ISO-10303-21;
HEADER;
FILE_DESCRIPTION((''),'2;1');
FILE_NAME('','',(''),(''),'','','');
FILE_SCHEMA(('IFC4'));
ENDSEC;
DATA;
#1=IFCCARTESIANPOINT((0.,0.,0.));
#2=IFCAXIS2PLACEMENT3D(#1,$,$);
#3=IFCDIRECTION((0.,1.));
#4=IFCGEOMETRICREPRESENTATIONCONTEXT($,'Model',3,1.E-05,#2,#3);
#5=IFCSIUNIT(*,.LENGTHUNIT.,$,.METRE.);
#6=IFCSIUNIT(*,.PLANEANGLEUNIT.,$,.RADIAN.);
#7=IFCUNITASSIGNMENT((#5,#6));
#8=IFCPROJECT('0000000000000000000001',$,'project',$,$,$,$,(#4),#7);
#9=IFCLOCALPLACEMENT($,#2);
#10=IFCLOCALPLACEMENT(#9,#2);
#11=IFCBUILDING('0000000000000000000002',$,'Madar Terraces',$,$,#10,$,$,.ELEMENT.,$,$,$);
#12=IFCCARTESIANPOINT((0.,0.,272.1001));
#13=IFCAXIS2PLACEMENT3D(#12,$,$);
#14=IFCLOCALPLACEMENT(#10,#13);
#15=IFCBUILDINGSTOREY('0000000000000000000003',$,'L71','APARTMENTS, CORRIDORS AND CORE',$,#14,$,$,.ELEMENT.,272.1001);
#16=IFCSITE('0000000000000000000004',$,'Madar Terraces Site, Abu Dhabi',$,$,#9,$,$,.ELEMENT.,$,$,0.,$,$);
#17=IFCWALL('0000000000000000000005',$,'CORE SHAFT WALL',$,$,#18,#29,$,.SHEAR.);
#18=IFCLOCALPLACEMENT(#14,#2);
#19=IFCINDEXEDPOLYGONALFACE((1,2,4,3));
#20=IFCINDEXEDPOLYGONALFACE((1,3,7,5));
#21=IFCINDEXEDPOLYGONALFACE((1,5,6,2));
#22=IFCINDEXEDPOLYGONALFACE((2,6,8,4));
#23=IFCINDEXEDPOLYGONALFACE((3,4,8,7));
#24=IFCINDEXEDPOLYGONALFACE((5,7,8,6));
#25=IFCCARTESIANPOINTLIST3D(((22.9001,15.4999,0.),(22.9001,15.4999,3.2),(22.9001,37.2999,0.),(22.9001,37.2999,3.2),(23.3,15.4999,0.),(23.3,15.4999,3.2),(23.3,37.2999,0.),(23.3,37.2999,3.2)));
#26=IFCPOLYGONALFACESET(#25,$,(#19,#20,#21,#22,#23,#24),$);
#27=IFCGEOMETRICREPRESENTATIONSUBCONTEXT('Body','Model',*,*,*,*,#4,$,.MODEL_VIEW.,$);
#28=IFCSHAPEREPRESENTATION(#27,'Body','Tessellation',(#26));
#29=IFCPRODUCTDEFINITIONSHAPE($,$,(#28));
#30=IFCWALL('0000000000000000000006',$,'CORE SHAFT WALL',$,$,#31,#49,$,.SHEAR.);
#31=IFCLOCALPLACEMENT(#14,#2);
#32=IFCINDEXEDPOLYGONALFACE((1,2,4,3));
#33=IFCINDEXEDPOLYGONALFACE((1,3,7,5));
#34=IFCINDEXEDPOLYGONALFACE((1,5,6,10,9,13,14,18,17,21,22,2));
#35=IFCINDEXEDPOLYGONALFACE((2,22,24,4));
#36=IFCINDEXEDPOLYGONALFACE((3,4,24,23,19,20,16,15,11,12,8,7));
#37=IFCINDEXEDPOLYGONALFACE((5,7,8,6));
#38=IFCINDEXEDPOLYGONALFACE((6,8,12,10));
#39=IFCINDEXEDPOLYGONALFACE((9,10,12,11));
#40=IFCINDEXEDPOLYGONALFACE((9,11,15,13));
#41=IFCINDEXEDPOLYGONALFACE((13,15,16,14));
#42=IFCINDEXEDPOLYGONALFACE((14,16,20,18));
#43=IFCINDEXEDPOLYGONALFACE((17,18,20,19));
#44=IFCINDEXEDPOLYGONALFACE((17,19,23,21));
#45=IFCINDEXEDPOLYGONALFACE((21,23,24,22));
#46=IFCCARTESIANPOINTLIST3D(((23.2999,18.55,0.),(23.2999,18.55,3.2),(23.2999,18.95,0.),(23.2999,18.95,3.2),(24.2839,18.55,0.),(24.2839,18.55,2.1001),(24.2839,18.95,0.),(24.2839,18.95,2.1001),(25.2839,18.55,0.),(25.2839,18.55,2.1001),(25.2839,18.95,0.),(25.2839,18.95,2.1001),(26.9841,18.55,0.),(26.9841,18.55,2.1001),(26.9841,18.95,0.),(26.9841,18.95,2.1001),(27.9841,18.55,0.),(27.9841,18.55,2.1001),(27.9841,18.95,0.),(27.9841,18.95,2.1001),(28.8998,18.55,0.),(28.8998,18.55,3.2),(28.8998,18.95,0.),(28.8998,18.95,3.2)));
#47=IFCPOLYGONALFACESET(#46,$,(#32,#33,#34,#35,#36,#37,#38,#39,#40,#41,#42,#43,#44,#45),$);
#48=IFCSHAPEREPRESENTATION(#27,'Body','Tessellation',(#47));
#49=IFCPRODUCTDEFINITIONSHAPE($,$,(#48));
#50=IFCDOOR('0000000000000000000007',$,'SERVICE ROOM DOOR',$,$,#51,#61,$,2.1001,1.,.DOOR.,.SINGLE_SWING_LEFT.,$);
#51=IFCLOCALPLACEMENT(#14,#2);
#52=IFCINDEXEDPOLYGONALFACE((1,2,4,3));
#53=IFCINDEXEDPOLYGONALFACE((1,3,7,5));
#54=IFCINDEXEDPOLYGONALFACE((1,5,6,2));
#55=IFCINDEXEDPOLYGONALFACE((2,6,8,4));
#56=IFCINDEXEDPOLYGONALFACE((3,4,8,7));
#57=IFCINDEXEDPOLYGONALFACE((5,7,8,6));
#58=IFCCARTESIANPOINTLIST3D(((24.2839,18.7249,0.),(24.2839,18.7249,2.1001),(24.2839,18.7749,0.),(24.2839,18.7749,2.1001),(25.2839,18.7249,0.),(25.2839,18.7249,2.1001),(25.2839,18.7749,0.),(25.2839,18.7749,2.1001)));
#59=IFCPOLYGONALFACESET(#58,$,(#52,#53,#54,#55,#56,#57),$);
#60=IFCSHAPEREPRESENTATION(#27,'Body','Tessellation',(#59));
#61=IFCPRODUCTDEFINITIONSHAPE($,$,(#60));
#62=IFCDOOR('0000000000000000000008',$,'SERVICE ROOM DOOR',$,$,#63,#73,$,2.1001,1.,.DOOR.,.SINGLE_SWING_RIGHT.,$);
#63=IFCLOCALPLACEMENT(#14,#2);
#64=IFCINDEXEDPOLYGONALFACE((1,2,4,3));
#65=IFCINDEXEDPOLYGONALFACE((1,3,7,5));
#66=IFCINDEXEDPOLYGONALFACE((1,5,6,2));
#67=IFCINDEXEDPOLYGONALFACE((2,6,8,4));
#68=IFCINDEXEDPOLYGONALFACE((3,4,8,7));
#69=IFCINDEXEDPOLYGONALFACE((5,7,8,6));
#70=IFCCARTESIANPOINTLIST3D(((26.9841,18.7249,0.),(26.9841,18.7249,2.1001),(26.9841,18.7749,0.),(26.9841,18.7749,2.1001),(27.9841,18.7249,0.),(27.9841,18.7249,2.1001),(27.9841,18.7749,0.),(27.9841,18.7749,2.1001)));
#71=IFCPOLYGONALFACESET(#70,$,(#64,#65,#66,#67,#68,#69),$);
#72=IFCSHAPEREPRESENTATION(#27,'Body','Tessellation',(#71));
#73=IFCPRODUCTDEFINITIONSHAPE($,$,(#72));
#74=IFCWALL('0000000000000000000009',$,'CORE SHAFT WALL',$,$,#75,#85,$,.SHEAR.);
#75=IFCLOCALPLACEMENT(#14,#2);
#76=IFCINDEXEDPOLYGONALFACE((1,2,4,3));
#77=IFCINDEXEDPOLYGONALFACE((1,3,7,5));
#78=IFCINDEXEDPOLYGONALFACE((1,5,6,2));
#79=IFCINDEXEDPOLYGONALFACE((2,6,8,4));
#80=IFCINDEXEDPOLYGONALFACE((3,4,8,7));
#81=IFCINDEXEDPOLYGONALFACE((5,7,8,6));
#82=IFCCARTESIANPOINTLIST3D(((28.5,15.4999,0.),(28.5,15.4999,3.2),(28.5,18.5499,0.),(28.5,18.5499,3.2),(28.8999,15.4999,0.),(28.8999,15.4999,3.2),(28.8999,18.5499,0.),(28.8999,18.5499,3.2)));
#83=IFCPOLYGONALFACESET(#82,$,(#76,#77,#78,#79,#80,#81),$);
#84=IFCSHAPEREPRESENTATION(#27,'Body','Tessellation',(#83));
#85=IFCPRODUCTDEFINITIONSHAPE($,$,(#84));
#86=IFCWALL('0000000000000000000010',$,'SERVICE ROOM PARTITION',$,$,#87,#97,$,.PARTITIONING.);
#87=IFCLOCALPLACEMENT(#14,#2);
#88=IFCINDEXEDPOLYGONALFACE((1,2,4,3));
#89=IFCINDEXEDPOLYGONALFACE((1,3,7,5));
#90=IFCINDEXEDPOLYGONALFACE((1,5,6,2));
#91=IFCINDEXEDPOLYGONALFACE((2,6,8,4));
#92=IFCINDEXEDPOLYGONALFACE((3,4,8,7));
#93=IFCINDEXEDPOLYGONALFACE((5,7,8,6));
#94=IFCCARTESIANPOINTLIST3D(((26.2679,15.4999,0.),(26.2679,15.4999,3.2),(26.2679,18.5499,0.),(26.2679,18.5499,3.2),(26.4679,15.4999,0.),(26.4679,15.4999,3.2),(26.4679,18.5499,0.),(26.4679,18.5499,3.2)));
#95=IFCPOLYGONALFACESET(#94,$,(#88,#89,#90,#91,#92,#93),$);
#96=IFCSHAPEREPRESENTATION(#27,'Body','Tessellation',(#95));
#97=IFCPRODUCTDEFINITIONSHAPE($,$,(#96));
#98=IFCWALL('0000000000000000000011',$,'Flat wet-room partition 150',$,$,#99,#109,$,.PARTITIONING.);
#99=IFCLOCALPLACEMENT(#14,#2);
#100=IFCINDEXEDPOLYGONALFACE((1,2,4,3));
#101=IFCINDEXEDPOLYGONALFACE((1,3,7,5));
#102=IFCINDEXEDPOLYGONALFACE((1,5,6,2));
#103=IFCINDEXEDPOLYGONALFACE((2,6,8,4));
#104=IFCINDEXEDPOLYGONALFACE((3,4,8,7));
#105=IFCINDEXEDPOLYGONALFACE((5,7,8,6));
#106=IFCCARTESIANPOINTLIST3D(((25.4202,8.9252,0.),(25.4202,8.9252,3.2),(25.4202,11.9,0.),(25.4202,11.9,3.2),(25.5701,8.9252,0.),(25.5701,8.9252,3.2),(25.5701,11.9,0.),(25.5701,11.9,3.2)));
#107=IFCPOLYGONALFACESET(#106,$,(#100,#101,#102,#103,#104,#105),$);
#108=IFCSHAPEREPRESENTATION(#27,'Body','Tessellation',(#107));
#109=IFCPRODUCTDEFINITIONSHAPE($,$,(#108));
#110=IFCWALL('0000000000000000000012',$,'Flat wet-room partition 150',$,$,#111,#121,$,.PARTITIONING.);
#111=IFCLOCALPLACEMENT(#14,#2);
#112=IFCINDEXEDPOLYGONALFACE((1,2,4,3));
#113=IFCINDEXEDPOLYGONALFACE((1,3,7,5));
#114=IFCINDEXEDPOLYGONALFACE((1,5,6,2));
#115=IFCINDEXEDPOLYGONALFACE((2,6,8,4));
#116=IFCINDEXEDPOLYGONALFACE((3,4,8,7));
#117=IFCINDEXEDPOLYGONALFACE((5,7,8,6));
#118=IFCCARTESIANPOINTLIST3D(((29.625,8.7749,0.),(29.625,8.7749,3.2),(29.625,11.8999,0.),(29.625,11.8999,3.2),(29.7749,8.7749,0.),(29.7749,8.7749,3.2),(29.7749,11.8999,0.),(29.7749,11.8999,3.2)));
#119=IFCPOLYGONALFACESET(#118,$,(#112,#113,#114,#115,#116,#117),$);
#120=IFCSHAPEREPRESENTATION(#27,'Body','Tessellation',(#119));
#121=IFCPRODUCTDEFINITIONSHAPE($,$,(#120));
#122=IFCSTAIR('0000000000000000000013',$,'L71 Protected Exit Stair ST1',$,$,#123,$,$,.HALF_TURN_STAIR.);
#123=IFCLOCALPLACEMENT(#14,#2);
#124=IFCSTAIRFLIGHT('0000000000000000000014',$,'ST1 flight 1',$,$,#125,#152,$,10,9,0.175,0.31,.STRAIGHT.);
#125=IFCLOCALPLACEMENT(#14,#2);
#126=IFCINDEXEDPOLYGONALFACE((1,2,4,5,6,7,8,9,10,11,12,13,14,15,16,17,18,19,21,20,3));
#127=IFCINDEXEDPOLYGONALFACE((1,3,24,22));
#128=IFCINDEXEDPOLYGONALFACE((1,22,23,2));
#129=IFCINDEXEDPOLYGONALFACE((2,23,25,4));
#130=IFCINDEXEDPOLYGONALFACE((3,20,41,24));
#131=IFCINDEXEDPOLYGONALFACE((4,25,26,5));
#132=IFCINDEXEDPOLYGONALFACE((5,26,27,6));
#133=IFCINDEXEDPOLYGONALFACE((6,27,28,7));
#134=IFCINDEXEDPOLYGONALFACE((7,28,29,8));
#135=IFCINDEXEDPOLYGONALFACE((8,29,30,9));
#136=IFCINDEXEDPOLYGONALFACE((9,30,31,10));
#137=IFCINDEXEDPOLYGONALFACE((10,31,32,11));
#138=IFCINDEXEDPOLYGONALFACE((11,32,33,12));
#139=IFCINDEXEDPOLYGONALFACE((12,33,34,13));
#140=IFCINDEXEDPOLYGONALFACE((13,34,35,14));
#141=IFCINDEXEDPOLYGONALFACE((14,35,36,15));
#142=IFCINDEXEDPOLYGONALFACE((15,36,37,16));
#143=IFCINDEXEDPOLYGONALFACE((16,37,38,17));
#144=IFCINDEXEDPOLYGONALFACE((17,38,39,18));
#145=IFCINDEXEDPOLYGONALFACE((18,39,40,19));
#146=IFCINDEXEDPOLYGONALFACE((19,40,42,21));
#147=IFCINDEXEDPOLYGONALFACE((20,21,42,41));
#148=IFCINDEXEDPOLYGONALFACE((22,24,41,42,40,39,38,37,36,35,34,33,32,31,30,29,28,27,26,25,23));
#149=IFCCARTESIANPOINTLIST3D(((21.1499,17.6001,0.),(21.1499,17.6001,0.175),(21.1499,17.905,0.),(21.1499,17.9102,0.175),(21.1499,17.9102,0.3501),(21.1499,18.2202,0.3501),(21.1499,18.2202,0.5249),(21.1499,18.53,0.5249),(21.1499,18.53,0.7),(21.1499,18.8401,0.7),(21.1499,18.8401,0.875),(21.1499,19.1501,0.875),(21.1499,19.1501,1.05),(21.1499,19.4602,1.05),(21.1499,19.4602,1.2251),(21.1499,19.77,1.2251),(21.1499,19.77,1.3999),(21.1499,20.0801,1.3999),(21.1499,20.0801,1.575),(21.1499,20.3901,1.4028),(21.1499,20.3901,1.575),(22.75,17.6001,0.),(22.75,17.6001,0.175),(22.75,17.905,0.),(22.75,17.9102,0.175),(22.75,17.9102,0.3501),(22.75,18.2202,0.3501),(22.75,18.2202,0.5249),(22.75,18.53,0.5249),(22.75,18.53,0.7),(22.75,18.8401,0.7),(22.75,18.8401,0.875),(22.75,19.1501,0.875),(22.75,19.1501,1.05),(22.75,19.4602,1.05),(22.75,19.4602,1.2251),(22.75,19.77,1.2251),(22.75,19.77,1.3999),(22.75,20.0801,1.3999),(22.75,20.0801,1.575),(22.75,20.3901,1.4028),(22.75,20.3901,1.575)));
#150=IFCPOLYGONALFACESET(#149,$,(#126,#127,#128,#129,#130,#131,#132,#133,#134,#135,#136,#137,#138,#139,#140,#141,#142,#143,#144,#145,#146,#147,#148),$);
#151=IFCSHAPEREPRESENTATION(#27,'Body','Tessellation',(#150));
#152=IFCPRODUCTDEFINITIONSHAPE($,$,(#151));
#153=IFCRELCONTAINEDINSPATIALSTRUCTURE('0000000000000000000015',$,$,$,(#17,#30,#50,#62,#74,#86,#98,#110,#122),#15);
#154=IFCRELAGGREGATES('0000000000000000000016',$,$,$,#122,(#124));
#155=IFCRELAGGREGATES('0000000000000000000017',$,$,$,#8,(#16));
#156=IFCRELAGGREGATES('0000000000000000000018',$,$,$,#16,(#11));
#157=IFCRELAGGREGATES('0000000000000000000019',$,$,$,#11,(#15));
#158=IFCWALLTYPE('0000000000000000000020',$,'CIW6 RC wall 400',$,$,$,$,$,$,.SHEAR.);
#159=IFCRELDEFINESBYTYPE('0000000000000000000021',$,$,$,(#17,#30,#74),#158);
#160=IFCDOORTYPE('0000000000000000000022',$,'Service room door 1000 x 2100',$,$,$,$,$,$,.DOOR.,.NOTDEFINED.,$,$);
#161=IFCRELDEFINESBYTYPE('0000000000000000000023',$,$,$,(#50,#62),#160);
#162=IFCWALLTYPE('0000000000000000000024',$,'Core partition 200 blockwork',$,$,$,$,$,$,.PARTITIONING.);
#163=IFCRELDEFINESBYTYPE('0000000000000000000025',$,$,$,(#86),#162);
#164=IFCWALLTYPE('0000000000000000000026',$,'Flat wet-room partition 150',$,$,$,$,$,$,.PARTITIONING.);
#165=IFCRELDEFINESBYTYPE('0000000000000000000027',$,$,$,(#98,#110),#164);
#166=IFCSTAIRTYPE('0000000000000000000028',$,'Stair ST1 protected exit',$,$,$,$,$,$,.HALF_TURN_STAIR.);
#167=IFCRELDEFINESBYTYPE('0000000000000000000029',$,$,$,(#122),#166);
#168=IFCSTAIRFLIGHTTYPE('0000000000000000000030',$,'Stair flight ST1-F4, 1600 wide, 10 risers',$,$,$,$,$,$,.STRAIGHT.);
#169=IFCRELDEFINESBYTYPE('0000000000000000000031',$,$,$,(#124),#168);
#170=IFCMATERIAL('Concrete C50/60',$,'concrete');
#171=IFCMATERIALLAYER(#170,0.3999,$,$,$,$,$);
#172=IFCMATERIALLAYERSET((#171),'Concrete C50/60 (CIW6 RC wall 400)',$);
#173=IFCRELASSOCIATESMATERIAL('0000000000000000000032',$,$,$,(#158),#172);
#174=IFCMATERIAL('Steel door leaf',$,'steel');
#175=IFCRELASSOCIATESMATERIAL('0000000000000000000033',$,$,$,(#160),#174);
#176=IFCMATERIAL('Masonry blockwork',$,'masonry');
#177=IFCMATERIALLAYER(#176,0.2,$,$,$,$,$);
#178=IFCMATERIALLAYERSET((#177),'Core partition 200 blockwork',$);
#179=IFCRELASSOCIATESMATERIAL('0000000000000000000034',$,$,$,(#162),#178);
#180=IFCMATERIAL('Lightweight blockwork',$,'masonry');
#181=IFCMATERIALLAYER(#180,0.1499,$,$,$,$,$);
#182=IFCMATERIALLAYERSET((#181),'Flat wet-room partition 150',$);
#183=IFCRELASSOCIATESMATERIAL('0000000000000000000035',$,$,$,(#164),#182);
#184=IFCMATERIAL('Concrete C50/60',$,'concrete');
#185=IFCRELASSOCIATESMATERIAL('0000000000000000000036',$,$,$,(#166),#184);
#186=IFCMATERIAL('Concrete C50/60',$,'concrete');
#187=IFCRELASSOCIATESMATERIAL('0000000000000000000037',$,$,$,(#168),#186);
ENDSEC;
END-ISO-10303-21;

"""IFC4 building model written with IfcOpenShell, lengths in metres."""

from ifc_helpers import new_model, si_unit, direction, frame, frame_2d, origin, place, context, subcontext, project, spatial, polyline, rectangle, outline, extrude, material, layer, layer_set, type_object, element, fill, aggregate, save


model = new_model("IFC4")

# Units and contexts
model_context = context("Model", 3, precision=1e-05, world=origin(), true_north=direction((0.0, 1.0)))
body_context = subcontext(model_context, "Body", "Model", "MODEL_VIEW")
ifc_project = project(units=[si_unit("LENGTHUNIT", "METRE"), si_unit("PLANEANGLEUNIT", "RADIAN")], contexts=[model_context])

# Site, building, storey
site_placement = place(None, origin())
site = spatial("IfcSite", under=ifc_project, at=site_placement, Name="Madar Terraces Site, Abu Dhabi", CompositionType="ELEMENT", RefElevation=0.0)
building_placement = place(site_placement, origin())
building = spatial("IfcBuilding", under=site, at=building_placement, Name="Madar Terraces", CompositionType="ELEMENT")
storey_placement = place(building_placement, frame((0.0, 0.0, 272.1001)))
storey = spatial("IfcBuildingStorey", under=building, at=storey_placement, Name="L71", Description="APARTMENTS, CORRIDORS AND CORE", CompositionType="ELEMENT", Elevation=272.1001)

# Wall
ifc_material_1 = material(Name="Concrete C50/60", Category="concrete")
ifc_layer_1 = layer(ifc_material_1, 0.3999)
ifc_layer_set_1 = layer_set([ifc_layer_1], Name="Concrete C50/60 (CIW6 RC wall 400)")
wall_type_1 = type_object("IfcWallType", Name="CIW6 RC wall 400", PredefinedType="SHEAR", material=ifc_layer_set_1)
wall_1_placement = place(storey_placement, frame((23.1001, 15.5, 0.0), z_axis=(0.0, 0.0, 1.0), x_axis=(0.0, 1.0, 0.0)))
element("IfcWall", 1, at=wall_1_placement, inside=storey, type_object=wall_type_1, Name="CORE SHAFT WALL", PredefinedType="SHEAR", context=body_context, shape_type="SweptSolid", body=[
    extrude(rectangle(XDim=21.8, YDim=0.3999, at=frame_2d((10.8999, 0.0))), origin(), (0.0, 0.0, 1.0), 3.2),
])

# Wall, openings, doors
wall_2_placement = place(storey_placement, frame((23.3, 18.75, 0.0), z_axis=(0.0, 0.0, 1.0), x_axis=(1.0, 0.0, 0.0)))
wall_2 = element("IfcWall", 2, at=wall_2_placement, inside=storey, type_object=wall_type_1, Name="CORE SHAFT WALL", PredefinedType="SHEAR", context=body_context, shape_type="SweptSolid", body=[
    extrude(rectangle(XDim=5.5999, YDim=0.3999, at=frame_2d((2.7998, 0.0))), origin(), (0.0, 0.0, 1.0), 3.2),
])
opening_1_placement = place(wall_2_placement, frame((0.9839, 0.0, 0.0)))
opening_1 = element("IfcOpeningElement", 3, at=opening_1_placement, cuts=wall_2, PredefinedType="OPENING", context=body_context, shape_type="SweptSolid", body=[
    extrude(rectangle(XDim=1.0, YDim=2.1001, at=frame_2d((0.5, 1.05))), frame((0.0, 0.21, 0.0), z_axis=(0.0, -1.0, 0.0), x_axis=(1.0, 0.0, 0.0)), (0.0, 0.0, 1.0), 0.4199),
])
opening_2_placement = place(wall_2_placement, frame((3.6841, 0.0, 0.0)))
opening_2 = element("IfcOpeningElement", 4, at=opening_2_placement, cuts=wall_2, PredefinedType="OPENING", context=body_context, shape_type="SweptSolid", body=[
    extrude(rectangle(XDim=1.0, YDim=2.1001, at=frame_2d((0.5, 1.05))), frame((0.0, 0.21, 0.0), z_axis=(0.0, -1.0, 0.0), x_axis=(1.0, 0.0, 0.0)), (0.0, 0.0, 1.0), 0.4199),
])
ifc_material_2 = material(Name="Steel door leaf", Category="steel")
door_type = type_object("IfcDoorType", Name="Service room door 1000 x 2100", OperationType="NOTDEFINED", PredefinedType="DOOR", material=ifc_material_2)
door_1_placement = place(opening_1_placement, origin())
door_1 = element("IfcDoor", 5, at=door_1_placement, inside=storey, type_object=door_type, Name="SERVICE ROOM DOOR", OperationType="SINGLE_SWING_LEFT", OverallHeight=2.1001, OverallWidth=1.0, PredefinedType="DOOR", context=body_context, shape_type="SweptSolid", body=[
    extrude(rectangle(XDim=1.0, YDim=2.1001, at=frame_2d((0.5, 1.05))), frame((0.0, 0.0249, 0.0), z_axis=(0.0, -1.0, 0.0), x_axis=(1.0, 0.0, 0.0)), (0.0, 0.0, 1.0), 0.05),
])
fill(opening_1, door_1)
door_2_placement = place(opening_2_placement, origin())
door_2 = element("IfcDoor", 6, at=door_2_placement, inside=storey, type_object=door_type, Name="SERVICE ROOM DOOR", OperationType="SINGLE_SWING_RIGHT", OverallHeight=2.1001, OverallWidth=1.0, PredefinedType="DOOR", context=body_context, shape_type="SweptSolid", body=[
    extrude(rectangle(XDim=1.0, YDim=2.1001, at=frame_2d((0.5, 1.05))), frame((0.0, 0.0249, 0.0), z_axis=(0.0, -1.0, 0.0), x_axis=(1.0, 0.0, 0.0)), (0.0, 0.0, 1.0), 0.05),
])
fill(opening_2, door_2)

# Walls
wall_3_placement = place(storey_placement, frame((28.7, 15.5, 0.0), z_axis=(0.0, 0.0, 1.0), x_axis=(0.0, 1.0, 0.0)))
element("IfcWall", 7, at=wall_3_placement, inside=storey, type_object=wall_type_1, Name="CORE SHAFT WALL", PredefinedType="SHEAR", context=body_context, shape_type="SweptSolid", body=[
    extrude(rectangle(XDim=3.05, YDim=0.3999, at=frame_2d((1.5249, 0.0))), origin(), (0.0, 0.0, 1.0), 3.2),
])
ifc_material_3 = material(Name="Masonry blockwork", Category="masonry")
ifc_layer_2 = layer(ifc_material_3, 0.2)
ifc_layer_set_2 = layer_set([ifc_layer_2], Name="Core partition 200 blockwork")
wall_type_2 = type_object("IfcWallType", Name="Core partition 200 blockwork", PredefinedType="PARTITIONING", material=ifc_layer_set_2)
wall_4_placement = place(storey_placement, frame((26.3679, 15.5, 0.0), z_axis=(0.0, 0.0, 1.0), x_axis=(0.0, 1.0, 0.0)))
element("IfcWall", 8, at=wall_4_placement, inside=storey, type_object=wall_type_2, Name="SERVICE ROOM PARTITION", PredefinedType="PARTITIONING", context=body_context, shape_type="SweptSolid", body=[
    extrude(rectangle(XDim=3.05, YDim=0.2, at=frame_2d((1.5249, 0.0))), origin(), (0.0, 0.0, 1.0), 3.2),
])
ifc_material_4 = material(Name="Lightweight blockwork", Category="masonry")
ifc_layer_3 = layer(ifc_material_4, 0.1499)
ifc_layer_set_3 = layer_set([ifc_layer_3], Name="Flat wet-room partition 150")
wall_type_3 = type_object("IfcWallType", Name="Flat wet-room partition 150", PredefinedType="PARTITIONING", material=ifc_layer_set_3)
wall_5_placement = place(storey_placement, frame((25.4951, 11.8999, 0.0), z_axis=(0.0, 0.0, 1.0), x_axis=(0.0, -1.0, 0.0)))
element("IfcWall", 9, at=wall_5_placement, inside=storey, type_object=wall_type_3, Name="Flat wet-room partition 150", PredefinedType="PARTITIONING", context=body_context, shape_type="SweptSolid", body=[
    extrude(rectangle(XDim=2.9749, YDim=0.1499, at=frame_2d((1.4873, 0.0))), origin(), (0.0, 0.0, 1.0), 3.2),
])
wall_6_placement = place(storey_placement, frame((29.7, 11.8999, 0.0), z_axis=(0.0, 0.0, 1.0), x_axis=(0.0, -1.0, 0.0)))
element("IfcWall", 10, at=wall_6_placement, inside=storey, type_object=wall_type_3, Name="Flat wet-room partition 150", PredefinedType="PARTITIONING", context=body_context, shape_type="SweptSolid", body=[
    extrude(rectangle(XDim=3.125, YDim=0.1499, at=frame_2d((1.5625, 0.0))), origin(), (0.0, 0.0, 1.0), 3.2),
])

# Stair, stair flight
ifc_material_5 = material(Name="Concrete C50/60", Category="concrete")
stair_type = type_object("IfcStairType", Name="Stair ST1 protected exit", PredefinedType="HALF_TURN_STAIR", material=ifc_material_5)
stair_placement = place(storey_placement, origin())
stair = element("IfcStair", 11, at=stair_placement, inside=storey, type_object=stair_type, Name="L71 Protected Exit Stair ST1", PredefinedType="HALF_TURN_STAIR")
ifc_material_6 = material(Name="Concrete C50/60", Category="concrete")
stair_flight_type = type_object("IfcStairFlightType", Name="Stair flight ST1-F4, 1600 wide, 10 risers", PredefinedType="STRAIGHT", material=ifc_material_6)
stair_flight_placement = place(storey_placement, frame((21.95, 17.6001, 0.0), z_axis=(0.0, 0.0, 1.0), x_axis=(0.0, 1.0, 0.0)))
stair_flight = element("IfcStairFlight", 12, at=stair_flight_placement, type_object=stair_flight_type, Name="ST1 flight 1", NumberOfRisers=10, NumberOfTreads=9, PredefinedType="STRAIGHT", RiserHeight=0.175, TreadLength=0.31, context=body_context, shape_type="SweptSolid", body=[
    extrude(outline(polyline([(0.0, 0.0), (0.0, 0.175), (0.3101, 0.175), (0.3101, 0.3501), (0.6201, 0.3501), (0.6201, 0.5249), (0.9299, 0.5249), (0.9299, 0.7), (1.24, 0.7), (1.24, 0.875), (1.55, 0.875), (1.55, 1.05), (1.8601, 1.05), (1.8601, 1.2251), (2.1699, 1.2251), (2.1699, 1.3999), (2.48, 1.3999), (2.48, 1.575), (2.79, 1.575), (2.79, 1.75), (2.79, 1.4028), (0.3049, 0.0), (0.0, 0.0)])), frame((0.0, 0.8, 0.0), z_axis=(0.0, -1.0, 0.0), x_axis=(1.0, 0.0, 0.0)), (0.0, 0.0, 1.0), 1.6001),
])
aggregate(stair, [stair_flight])

save(model, "model.ifc")
